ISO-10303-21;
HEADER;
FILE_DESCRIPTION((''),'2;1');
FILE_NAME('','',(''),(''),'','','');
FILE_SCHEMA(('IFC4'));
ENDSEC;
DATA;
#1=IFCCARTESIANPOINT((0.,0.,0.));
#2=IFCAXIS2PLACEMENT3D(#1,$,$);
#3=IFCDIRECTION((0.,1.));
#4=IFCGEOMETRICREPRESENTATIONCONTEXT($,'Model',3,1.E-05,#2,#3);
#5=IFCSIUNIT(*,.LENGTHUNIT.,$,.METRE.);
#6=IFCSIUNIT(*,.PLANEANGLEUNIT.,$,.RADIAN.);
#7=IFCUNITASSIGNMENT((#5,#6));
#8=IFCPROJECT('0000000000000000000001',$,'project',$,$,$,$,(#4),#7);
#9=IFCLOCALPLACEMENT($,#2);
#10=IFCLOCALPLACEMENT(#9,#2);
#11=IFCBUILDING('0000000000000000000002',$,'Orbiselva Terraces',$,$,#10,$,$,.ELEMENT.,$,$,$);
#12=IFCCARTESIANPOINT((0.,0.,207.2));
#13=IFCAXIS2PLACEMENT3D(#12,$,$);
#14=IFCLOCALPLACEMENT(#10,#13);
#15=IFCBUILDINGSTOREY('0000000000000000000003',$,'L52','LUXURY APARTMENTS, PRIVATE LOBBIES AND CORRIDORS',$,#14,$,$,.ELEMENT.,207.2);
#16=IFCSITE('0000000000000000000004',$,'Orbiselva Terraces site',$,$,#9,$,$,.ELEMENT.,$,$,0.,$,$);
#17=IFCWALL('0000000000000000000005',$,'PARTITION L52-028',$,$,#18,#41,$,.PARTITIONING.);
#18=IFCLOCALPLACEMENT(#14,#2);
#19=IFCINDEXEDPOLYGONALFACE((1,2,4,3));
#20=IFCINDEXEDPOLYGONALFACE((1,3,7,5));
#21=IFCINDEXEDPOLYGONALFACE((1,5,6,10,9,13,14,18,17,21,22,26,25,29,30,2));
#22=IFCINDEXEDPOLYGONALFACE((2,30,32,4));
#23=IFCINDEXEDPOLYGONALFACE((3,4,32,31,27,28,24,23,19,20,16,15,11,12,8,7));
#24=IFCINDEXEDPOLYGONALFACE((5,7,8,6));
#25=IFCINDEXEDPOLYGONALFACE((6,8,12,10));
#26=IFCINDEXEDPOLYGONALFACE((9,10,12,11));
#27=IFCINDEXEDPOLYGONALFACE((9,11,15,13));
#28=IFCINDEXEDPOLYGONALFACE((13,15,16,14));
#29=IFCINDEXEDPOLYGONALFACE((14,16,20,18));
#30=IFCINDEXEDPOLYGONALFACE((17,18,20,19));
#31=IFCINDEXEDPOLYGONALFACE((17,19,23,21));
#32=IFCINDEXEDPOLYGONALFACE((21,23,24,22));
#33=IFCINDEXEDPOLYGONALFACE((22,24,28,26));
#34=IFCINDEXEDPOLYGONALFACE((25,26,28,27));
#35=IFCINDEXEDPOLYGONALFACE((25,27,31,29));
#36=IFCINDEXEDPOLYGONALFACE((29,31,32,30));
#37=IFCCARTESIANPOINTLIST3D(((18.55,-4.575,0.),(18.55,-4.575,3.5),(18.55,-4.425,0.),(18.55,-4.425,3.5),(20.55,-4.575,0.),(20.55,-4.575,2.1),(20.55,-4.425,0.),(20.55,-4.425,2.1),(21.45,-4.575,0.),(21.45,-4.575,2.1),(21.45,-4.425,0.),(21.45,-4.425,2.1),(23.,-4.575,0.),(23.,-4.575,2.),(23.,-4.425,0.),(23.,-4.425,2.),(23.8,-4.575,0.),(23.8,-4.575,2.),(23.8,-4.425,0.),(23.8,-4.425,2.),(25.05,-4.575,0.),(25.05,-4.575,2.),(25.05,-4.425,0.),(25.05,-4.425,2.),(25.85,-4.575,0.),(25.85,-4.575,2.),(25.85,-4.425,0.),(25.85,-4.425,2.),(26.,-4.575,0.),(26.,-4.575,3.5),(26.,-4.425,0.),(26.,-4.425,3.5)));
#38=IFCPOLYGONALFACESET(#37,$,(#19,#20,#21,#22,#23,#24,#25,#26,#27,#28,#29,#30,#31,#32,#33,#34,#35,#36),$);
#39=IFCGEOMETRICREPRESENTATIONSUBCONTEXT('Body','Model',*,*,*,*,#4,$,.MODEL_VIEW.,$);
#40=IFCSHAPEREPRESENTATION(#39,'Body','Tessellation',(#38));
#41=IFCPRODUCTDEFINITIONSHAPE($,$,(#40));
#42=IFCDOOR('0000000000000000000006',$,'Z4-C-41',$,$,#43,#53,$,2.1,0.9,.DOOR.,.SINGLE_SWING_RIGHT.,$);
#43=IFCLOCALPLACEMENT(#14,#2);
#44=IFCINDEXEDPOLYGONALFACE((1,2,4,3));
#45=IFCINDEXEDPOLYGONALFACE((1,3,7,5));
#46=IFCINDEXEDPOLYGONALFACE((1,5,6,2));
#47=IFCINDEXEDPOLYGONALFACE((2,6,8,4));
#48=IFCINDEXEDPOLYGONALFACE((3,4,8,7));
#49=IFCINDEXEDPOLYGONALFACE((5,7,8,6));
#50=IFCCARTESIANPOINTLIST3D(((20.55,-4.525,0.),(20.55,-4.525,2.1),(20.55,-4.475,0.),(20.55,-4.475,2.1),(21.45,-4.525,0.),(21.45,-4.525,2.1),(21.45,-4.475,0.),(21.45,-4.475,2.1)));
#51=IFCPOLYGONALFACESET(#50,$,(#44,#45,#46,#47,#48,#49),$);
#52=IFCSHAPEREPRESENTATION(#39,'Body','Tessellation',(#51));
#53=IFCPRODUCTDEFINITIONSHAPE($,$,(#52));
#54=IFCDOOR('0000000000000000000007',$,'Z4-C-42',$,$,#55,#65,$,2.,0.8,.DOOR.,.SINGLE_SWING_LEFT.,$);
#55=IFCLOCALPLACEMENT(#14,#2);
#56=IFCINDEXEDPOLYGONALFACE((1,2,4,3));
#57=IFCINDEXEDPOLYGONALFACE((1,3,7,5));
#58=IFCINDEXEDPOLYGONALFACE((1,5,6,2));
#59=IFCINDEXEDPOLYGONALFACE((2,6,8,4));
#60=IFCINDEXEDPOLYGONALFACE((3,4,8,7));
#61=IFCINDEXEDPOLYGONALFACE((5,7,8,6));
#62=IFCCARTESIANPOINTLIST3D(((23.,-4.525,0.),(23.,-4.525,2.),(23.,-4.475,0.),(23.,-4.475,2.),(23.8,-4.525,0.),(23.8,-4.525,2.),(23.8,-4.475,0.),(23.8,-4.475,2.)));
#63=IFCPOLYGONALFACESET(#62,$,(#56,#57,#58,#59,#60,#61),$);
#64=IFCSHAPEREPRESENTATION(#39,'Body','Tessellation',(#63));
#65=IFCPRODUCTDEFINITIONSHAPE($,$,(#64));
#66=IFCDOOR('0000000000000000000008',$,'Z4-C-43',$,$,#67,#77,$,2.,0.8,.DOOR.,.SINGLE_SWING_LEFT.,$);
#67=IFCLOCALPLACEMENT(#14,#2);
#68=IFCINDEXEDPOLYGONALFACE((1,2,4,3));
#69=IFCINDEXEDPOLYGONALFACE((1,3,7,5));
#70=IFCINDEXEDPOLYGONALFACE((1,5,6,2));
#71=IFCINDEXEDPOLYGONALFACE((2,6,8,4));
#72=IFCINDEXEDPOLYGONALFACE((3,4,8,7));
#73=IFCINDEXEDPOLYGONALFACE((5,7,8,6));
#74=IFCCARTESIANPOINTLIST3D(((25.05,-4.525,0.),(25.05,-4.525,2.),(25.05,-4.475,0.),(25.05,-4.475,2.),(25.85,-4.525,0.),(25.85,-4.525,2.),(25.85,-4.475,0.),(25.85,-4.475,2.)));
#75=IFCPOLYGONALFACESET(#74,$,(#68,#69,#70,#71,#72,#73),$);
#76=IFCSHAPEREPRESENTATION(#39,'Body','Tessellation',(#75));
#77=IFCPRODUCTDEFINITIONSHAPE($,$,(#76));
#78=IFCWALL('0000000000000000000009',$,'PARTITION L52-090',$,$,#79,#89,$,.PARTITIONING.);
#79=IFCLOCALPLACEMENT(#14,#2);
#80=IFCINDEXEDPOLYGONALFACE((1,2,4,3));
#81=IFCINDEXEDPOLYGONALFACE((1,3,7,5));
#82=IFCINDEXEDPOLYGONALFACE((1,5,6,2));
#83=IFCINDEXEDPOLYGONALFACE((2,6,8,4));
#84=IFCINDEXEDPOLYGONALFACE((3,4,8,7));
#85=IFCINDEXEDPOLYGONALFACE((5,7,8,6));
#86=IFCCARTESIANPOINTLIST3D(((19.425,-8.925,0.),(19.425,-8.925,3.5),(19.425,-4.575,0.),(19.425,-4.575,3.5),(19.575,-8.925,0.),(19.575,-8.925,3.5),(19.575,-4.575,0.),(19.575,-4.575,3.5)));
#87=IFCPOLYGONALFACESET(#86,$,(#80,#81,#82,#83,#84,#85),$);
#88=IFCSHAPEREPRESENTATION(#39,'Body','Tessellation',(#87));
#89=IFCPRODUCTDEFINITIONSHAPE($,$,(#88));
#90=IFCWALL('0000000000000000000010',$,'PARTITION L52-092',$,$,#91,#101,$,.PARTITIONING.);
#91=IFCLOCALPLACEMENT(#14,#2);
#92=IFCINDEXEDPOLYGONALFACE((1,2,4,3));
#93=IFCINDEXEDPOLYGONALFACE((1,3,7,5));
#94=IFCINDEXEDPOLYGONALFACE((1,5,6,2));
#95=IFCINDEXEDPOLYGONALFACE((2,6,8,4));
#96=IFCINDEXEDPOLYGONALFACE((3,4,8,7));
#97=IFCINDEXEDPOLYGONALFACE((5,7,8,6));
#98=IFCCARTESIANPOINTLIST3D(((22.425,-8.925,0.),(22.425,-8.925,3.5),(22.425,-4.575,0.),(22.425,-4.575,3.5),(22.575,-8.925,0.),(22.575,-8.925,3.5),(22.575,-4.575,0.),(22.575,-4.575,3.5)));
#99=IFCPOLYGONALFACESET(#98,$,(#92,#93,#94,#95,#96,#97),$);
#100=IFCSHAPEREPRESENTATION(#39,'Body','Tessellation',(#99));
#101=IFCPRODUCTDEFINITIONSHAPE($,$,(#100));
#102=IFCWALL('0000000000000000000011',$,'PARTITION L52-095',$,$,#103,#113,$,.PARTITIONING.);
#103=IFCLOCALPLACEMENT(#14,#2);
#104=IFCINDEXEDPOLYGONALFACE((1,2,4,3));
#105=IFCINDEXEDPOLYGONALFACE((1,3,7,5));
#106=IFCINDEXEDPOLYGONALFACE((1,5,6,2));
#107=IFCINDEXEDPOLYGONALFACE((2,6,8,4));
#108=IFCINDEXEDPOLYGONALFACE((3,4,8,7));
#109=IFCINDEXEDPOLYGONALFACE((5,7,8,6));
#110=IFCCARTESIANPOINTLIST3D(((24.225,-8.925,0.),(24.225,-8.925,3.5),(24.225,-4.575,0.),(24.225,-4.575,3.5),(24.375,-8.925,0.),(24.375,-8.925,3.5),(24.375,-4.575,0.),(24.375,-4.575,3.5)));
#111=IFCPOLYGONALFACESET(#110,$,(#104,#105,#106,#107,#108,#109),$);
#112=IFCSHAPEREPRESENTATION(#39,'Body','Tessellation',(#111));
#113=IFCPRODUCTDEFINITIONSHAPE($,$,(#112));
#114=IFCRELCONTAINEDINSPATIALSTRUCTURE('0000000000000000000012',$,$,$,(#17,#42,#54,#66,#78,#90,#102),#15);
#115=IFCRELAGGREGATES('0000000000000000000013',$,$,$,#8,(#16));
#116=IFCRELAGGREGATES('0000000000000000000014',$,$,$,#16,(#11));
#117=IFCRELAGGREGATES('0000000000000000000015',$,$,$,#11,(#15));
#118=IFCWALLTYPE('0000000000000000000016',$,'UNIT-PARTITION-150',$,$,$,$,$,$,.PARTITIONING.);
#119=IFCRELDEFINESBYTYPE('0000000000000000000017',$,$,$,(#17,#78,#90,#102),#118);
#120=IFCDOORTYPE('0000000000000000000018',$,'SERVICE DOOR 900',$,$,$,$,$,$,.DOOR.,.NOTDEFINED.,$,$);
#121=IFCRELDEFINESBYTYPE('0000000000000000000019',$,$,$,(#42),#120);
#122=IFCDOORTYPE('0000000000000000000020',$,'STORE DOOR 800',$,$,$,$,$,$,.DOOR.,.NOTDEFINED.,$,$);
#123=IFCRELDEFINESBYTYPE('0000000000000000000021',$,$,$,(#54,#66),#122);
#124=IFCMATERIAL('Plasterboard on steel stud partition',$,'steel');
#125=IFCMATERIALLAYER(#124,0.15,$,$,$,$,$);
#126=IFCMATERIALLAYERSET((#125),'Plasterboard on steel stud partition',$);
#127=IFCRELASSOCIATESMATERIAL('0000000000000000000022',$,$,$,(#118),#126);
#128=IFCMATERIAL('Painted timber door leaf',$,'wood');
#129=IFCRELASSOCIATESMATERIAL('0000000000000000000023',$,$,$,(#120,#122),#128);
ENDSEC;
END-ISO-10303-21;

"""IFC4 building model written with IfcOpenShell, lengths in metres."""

from ifc_helpers import new_model, si_unit, direction, frame, frame_2d, origin, place, context, subcontext, project, spatial, rectangle, extrude, material, layer, layer_set, type_object, element, fill, save


model = new_model("IFC4")

# Units and contexts
model_context = context("Model", 3, precision=1e-05, world=origin(), true_north=direction((0.0, 1.0)))
body_context = subcontext(model_context, "Body", "Model", "MODEL_VIEW")
ifc_project = project(units=[si_unit("LENGTHUNIT", "METRE"), si_unit("PLANEANGLEUNIT", "RADIAN")], contexts=[model_context])

# Site, building, storey
site_placement = place(None, origin())
site = spatial("IfcSite", under=ifc_project, at=site_placement, Name="Orbiselva Terraces site", CompositionType="ELEMENT", RefElevation=0.0)
building_placement = place(site_placement, origin())
building = spatial("IfcBuilding", under=site, at=building_placement, Name="Orbiselva Terraces", CompositionType="ELEMENT")
storey_placement = place(building_placement, frame((0.0, 0.0, 207.2)))
storey = spatial("IfcBuildingStorey", under=building, at=storey_placement, Name="L52", Description="LUXURY APARTMENTS, PRIVATE LOBBIES AND CORRIDORS", CompositionType="ELEMENT", Elevation=207.2)

# Shared definitions
ifc_material_1 = material(Name="Plasterboard on steel stud partition", Category="steel")
ifc_layer_1 = layer(ifc_material_1, 0.15)
ifc_layer_set_1 = layer_set([ifc_layer_1], Name="Plasterboard on steel stud partition")
wall_type_1 = type_object("IfcWallType", Name="UNIT-PARTITION-150", PredefinedType="PARTITIONING", material=ifc_layer_set_1)
ifc_material_2 = material(Name="Painted timber door leaf", Category="wood")

# Wall, openings, doors
wall_1_placement = place(storey_placement, frame((26.0, -4.5, 0.0), z_axis=(0.0, 0.0, 1.0), x_axis=(-1.0, 0.0, 0.0)))
wall_1 = element("IfcWall", 1, at=wall_1_placement, inside=storey, type_object=wall_type_1, Name="PARTITION L52-028", PredefinedType="PARTITIONING", context=body_context, shape_type="SweptSolid", body=[
    extrude(rectangle(XDim=7.45, YDim=0.15, at=frame_2d((3.725, 0.0))), origin(), (0.0, 0.0, 1.0), 3.5),
])
opening_1_placement = place(wall_1_placement, frame((4.55, 0.0, 0.0)))
opening_1 = element("IfcOpeningElement", 2, at=opening_1_placement, cuts=wall_1, PredefinedType="OPENING", context=body_context, shape_type="SweptSolid", body=[
    extrude(rectangle(XDim=0.9, YDim=2.1, at=frame_2d((0.45, 1.05))), frame((0.0, 0.085, 0.0), z_axis=(0.0, -1.0, 0.0), x_axis=(1.0, 0.0, 0.0)), (0.0, 0.0, 1.0), 0.17),
])
opening_2_placement = place(wall_1_placement, frame((2.2, 0.0, 0.0)))
opening_2 = element("IfcOpeningElement", 3, at=opening_2_placement, cuts=wall_1, PredefinedType="OPENING", context=body_context, shape_type="SweptSolid", body=[
    extrude(rectangle(XDim=0.8, YDim=2.0, at=frame_2d((0.4, 1.0))), frame((0.0, 0.085, 0.0), z_axis=(0.0, -1.0, 0.0), x_axis=(1.0, 0.0, 0.0)), (0.0, 0.0, 1.0), 0.17),
])
opening_3_placement = place(wall_1_placement, frame((0.15, 0.0, 0.0)))
opening_3 = element("IfcOpeningElement", 4, at=opening_3_placement, cuts=wall_1, PredefinedType="OPENING", context=body_context, shape_type="SweptSolid", body=[
    extrude(rectangle(XDim=0.8, YDim=2.0, at=frame_2d((0.4, 1.0))), frame((0.0, 0.085, 0.0), z_axis=(0.0, -1.0, 0.0), x_axis=(1.0, 0.0, 0.0)), (0.0, 0.0, 1.0), 0.17),
])
door_type_1 = type_object("IfcDoorType", Name="SERVICE DOOR 900", OperationType="NOTDEFINED", PredefinedType="DOOR", material=ifc_material_2)
door_1_placement = place(opening_1_placement, origin())
door_1 = element("IfcDoor", 5, at=door_1_placement, inside=storey, type_object=door_type_1, Name="Z4-C-41", OperationType="SINGLE_SWING_RIGHT", OverallHeight=2.1, OverallWidth=0.9, PredefinedType="DOOR", context=body_context, shape_type="SweptSolid", body=[
    extrude(rectangle(XDim=0.9, YDim=2.1, at=frame_2d((0.45, 1.05))), frame((0.0, 0.025, 0.0), z_axis=(0.0, -1.0, 0.0), x_axis=(1.0, 0.0, 0.0)), (0.0, 0.0, 1.0), 0.05),
])
fill(opening_1, door_1)
door_type_2 = type_object("IfcDoorType", Name="STORE DOOR 800", OperationType="NOTDEFINED", PredefinedType="DOOR", material=ifc_material_2)
door_2_placement = place(opening_2_placement, origin())
door_2 = element("IfcDoor", 6, at=door_2_placement, inside=storey, type_object=door_type_2, Name="Z4-C-42", OperationType="SINGLE_SWING_LEFT", OverallHeight=2.0, OverallWidth=0.8, PredefinedType="DOOR", context=body_context, shape_type="SweptSolid", body=[
    extrude(rectangle(XDim=0.8, YDim=2.0, at=frame_2d((0.4, 1.0))), frame((0.0, 0.025, 0.0), z_axis=(0.0, -1.0, 0.0), x_axis=(1.0, 0.0, 0.0)), (0.0, 0.0, 1.0), 0.05),
])
fill(opening_2, door_2)
door_3_placement = place(opening_3_placement, origin())
door_3 = element("IfcDoor", 7, at=door_3_placement, inside=storey, type_object=door_type_2, Name="Z4-C-43", OperationType="SINGLE_SWING_LEFT", OverallHeight=2.0, OverallWidth=0.8, PredefinedType="DOOR", context=body_context, shape_type="SweptSolid", body=[
    extrude(rectangle(XDim=0.8, YDim=2.0, at=frame_2d((0.4, 1.0))), frame((0.0, 0.025, 0.0), z_axis=(0.0, -1.0, 0.0), x_axis=(1.0, 0.0, 0.0)), (0.0, 0.0, 1.0), 0.05),
])
fill(opening_3, door_3)

# Walls
for number, where, z_axis, x_axis, name in (
    (8, (19.5, -8.925, 0.0), (0.0, 0.0, 1.0), (0.0, 1.0, 0.0), "PARTITION L52-090"),
    (9, (22.5, -8.925, 0.0), (0.0, 0.0, 1.0), (0.0, 1.0, 0.0), "PARTITION L52-092"),
    (10, (24.3, -8.925, 0.0), (0.0, 0.0, 1.0), (0.0, 1.0, 0.0), "PARTITION L52-095"),
):
    element("IfcWall", number, at=place(storey_placement, frame(where, z_axis=z_axis, x_axis=x_axis)), inside=storey, type_object=wall_type_1, Name=name, PredefinedType="PARTITIONING", context=body_context, shape_type="SweptSolid", body=[
        extrude(rectangle(XDim=4.35, YDim=0.15, at=frame_2d((2.175, 0.0))), origin(), (0.0, 0.0, 1.0), 3.5),
    ])

save(model, "model.ifc")
